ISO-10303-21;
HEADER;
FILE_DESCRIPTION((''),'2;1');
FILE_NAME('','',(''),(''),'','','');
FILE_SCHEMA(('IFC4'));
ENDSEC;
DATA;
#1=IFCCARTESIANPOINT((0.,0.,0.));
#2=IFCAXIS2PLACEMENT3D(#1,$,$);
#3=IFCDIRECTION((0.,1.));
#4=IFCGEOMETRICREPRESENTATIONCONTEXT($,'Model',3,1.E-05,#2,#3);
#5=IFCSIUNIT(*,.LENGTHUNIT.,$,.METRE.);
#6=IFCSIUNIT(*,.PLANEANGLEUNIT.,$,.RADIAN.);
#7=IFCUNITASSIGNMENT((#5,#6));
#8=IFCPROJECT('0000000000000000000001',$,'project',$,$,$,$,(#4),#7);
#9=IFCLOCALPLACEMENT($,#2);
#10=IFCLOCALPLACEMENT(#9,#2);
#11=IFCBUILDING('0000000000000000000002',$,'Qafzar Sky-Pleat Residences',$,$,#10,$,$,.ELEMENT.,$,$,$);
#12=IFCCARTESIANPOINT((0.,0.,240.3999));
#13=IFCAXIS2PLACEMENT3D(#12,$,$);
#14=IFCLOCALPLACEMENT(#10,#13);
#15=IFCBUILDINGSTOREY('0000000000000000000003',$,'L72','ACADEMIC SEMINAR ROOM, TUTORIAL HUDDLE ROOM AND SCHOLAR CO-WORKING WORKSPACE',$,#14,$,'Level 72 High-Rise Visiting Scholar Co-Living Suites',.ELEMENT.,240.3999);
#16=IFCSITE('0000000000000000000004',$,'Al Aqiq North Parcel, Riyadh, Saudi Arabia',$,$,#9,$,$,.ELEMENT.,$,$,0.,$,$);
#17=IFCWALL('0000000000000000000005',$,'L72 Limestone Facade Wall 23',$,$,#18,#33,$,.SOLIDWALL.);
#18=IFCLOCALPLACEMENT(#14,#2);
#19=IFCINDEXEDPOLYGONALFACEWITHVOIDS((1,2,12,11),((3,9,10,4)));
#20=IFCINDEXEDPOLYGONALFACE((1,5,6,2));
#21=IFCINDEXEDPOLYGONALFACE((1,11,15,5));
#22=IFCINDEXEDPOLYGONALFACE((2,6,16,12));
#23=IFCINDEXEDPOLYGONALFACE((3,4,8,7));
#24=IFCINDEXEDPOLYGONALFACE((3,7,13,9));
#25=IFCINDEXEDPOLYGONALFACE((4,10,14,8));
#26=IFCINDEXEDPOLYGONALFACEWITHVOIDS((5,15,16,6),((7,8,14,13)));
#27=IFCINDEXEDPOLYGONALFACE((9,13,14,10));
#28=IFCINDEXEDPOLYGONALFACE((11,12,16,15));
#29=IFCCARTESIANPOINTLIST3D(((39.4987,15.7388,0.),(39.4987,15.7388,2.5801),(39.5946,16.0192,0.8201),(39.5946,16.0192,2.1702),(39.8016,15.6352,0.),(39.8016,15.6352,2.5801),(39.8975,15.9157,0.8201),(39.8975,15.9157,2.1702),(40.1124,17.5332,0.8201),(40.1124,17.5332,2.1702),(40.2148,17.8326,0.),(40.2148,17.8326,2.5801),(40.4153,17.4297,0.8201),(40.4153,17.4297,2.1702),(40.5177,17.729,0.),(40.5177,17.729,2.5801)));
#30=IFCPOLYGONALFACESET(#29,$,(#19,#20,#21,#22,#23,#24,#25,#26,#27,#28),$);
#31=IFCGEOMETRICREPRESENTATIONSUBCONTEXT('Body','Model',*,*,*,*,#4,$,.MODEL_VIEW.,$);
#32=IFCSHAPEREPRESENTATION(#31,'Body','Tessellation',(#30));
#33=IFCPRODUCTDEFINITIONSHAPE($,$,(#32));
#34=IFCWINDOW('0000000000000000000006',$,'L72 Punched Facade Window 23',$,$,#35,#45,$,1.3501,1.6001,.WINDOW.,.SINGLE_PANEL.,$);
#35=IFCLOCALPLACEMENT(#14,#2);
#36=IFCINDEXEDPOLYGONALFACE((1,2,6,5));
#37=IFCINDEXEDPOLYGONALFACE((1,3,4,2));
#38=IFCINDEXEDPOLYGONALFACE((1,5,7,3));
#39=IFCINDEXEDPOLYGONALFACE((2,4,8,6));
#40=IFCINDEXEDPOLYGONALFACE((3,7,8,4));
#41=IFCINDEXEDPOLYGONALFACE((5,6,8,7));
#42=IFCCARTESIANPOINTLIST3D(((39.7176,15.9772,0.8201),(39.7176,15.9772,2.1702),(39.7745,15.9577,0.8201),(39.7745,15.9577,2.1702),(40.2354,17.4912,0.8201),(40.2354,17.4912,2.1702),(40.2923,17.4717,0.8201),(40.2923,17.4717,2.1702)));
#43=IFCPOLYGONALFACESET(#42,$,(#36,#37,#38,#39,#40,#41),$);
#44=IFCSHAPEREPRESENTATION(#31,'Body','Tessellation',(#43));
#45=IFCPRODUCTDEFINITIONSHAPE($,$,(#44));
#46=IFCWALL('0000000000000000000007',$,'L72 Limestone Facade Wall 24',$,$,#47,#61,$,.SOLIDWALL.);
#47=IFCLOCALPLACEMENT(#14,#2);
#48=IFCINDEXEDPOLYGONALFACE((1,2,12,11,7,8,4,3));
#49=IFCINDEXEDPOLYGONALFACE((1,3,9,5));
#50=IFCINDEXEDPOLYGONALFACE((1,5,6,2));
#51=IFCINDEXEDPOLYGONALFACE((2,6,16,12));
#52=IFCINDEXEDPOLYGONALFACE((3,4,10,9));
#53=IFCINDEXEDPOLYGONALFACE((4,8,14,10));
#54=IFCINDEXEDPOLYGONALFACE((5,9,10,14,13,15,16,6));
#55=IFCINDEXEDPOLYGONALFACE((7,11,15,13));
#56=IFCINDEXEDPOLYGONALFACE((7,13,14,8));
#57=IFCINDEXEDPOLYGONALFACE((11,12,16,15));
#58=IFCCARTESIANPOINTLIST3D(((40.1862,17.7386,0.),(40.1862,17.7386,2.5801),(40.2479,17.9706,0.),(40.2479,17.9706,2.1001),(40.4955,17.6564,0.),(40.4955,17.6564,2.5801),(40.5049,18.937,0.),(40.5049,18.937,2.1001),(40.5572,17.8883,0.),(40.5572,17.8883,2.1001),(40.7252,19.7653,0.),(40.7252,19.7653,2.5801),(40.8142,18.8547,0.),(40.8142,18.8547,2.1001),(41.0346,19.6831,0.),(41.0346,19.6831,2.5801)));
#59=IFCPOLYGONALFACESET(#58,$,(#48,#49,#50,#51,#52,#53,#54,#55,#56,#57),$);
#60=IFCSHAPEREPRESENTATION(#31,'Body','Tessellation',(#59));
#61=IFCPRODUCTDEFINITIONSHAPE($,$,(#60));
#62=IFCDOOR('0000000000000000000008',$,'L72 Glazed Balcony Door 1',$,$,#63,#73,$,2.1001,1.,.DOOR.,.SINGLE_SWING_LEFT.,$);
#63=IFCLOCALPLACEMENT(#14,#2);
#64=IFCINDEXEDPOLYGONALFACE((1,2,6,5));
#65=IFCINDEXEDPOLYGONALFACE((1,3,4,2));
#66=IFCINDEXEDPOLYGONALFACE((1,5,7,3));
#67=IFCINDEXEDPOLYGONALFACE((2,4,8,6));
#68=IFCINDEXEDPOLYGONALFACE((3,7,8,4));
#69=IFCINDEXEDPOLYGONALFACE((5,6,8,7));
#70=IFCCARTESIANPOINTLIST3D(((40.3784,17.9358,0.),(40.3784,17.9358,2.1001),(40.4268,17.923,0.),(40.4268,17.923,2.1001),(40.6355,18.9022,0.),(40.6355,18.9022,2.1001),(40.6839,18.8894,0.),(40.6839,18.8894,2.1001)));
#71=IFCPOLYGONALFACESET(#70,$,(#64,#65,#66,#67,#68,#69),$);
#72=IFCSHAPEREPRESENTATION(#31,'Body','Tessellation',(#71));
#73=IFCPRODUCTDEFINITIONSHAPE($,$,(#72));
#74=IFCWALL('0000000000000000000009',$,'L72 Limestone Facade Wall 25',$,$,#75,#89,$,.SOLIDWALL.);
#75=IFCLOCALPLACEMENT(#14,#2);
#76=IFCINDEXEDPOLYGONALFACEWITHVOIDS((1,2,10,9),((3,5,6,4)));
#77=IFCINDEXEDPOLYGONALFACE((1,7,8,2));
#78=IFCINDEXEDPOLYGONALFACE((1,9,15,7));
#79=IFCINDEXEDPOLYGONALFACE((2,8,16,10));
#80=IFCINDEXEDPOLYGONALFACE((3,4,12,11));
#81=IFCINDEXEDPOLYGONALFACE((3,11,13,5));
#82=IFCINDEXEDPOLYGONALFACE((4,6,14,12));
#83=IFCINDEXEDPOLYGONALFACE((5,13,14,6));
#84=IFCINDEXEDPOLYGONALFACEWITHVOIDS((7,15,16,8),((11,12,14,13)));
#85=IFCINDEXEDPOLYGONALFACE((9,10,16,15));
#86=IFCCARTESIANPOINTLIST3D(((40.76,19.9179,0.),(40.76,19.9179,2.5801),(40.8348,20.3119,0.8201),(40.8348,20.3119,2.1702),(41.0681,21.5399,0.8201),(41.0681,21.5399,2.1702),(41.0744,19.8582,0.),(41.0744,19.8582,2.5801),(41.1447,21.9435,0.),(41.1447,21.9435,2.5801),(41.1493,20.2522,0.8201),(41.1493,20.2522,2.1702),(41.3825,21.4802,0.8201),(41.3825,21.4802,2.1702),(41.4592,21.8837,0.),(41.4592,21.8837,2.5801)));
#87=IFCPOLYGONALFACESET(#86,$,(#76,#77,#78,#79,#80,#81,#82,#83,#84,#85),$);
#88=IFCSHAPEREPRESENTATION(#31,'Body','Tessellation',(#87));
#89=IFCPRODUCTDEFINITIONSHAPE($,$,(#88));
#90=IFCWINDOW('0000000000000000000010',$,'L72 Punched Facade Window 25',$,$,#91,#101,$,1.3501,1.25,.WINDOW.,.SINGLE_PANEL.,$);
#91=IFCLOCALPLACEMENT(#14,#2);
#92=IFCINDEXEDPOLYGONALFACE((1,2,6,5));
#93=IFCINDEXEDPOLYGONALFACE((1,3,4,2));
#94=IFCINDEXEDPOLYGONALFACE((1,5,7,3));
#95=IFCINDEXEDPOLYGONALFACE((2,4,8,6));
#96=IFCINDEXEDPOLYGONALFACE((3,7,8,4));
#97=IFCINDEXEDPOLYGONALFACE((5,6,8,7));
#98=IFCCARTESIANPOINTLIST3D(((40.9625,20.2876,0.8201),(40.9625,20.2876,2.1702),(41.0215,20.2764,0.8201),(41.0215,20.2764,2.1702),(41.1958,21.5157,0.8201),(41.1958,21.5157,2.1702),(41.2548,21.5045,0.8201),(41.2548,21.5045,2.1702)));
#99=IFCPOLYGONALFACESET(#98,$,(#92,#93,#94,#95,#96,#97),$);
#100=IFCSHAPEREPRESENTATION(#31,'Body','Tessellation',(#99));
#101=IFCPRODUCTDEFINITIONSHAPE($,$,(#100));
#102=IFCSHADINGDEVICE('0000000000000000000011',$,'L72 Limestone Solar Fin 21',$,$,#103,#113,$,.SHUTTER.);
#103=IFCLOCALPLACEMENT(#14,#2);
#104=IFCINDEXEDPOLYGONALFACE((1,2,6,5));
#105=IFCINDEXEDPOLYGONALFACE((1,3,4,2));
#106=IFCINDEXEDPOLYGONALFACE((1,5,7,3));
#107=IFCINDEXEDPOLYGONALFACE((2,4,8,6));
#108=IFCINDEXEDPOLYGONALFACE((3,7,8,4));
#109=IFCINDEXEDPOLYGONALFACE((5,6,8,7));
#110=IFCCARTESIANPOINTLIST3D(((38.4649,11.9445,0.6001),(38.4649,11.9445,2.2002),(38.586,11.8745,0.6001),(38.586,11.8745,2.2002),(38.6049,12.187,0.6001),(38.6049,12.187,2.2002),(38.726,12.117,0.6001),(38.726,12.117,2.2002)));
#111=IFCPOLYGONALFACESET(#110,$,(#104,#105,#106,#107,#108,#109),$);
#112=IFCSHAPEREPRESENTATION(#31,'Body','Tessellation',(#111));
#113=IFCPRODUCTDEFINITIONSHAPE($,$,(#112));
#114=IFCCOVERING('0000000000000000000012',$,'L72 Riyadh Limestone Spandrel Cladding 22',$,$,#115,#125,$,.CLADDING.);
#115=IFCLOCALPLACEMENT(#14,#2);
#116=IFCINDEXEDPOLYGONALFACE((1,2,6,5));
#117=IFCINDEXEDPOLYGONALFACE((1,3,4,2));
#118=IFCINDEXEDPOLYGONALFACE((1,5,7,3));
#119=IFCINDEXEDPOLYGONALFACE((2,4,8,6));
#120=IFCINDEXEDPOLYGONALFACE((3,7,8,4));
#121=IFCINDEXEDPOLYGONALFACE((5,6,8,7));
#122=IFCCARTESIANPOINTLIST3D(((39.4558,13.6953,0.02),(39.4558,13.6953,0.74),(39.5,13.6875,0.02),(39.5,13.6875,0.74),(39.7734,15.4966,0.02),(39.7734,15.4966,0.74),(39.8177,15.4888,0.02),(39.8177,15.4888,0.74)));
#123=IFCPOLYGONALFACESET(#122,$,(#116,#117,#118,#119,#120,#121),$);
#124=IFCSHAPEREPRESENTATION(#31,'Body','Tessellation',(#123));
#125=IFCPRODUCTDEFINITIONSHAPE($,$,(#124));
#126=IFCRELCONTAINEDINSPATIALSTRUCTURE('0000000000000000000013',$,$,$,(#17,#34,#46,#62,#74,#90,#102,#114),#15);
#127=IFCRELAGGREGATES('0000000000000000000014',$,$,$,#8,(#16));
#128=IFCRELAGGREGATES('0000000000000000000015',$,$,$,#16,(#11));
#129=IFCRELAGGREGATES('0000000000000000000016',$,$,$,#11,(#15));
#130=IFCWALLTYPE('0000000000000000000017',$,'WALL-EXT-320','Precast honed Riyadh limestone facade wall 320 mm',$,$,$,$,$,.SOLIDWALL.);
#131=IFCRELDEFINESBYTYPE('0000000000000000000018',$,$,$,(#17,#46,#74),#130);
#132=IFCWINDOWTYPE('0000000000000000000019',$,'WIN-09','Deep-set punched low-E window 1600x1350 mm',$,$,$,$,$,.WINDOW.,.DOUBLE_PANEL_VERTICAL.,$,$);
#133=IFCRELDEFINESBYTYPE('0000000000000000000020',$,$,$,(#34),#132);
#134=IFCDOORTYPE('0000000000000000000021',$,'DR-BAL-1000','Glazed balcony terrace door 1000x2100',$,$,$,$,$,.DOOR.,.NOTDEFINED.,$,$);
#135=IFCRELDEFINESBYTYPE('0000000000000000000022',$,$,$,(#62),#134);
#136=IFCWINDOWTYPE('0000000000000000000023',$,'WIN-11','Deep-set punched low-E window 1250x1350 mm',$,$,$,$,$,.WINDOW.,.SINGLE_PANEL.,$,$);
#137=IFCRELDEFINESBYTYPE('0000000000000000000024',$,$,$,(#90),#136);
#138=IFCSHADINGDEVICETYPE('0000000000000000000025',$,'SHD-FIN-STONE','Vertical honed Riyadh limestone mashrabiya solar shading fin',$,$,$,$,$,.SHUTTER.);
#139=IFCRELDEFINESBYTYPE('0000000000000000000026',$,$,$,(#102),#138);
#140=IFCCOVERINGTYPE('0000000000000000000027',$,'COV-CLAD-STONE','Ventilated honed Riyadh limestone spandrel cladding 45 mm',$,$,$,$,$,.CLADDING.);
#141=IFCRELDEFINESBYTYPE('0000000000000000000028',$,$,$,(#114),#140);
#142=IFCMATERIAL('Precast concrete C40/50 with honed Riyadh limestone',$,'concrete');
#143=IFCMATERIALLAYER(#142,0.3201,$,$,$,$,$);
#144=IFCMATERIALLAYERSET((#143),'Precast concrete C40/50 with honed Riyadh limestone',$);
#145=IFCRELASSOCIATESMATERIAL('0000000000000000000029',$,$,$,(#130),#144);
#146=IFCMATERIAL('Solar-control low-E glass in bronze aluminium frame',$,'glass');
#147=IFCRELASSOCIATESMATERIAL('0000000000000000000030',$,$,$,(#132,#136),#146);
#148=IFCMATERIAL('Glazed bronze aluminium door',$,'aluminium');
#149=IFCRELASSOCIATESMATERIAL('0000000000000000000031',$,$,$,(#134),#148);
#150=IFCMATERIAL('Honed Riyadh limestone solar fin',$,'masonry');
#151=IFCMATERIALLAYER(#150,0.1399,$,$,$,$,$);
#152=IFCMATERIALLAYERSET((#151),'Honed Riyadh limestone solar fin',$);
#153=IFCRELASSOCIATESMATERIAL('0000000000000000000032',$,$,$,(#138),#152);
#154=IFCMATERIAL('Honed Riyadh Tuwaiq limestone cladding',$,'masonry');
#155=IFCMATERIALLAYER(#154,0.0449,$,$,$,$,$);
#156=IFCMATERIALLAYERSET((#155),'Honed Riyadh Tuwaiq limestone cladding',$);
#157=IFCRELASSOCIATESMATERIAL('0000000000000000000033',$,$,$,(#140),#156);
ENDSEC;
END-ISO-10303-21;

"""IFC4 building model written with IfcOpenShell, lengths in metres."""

from ifc_helpers import new_model, si_unit, direction, frame, frame_2d, origin, origin_2d, place, context, subcontext, project, spatial, rectangle, extrude, source, transform, mapped, material, layer, layer_set, type_object, element, fill, save


model = new_model("IFC4")

# Units and contexts
model_context = context("Model", 3, precision=1e-05, world=origin(), true_north=direction((0.0, 1.0)))
body_context = subcontext(model_context, "Body", "Model", "MODEL_VIEW")
ifc_project = project(units=[si_unit("LENGTHUNIT", "METRE"), si_unit("PLANEANGLEUNIT", "RADIAN")], contexts=[model_context])

# Site, building, storey
site_placement = place(None, origin())
site = spatial("IfcSite", under=ifc_project, at=site_placement, Name="Al Aqiq North Parcel, Riyadh, Saudi Arabia", CompositionType="ELEMENT", RefElevation=0.0)
building_placement = place(site_placement, origin())
building = spatial("IfcBuilding", under=site, at=building_placement, Name="Qafzar Sky-Pleat Residences", CompositionType="ELEMENT")
storey_placement = place(building_placement, frame((0.0, 0.0, 240.3999)))
storey = spatial("IfcBuildingStorey", under=building, at=storey_placement, Name="L72", Description="ACADEMIC SEMINAR ROOM, TUTORIAL HUDDLE ROOM AND SCHOLAR CO-WORKING WORKSPACE", LongName="Level 72 High-Rise Visiting Scholar Co-Living Suites", CompositionType="ELEMENT", Elevation=240.3999)

# Wall, opening, window
ifc_material_1 = material(Name="Precast concrete C40/50 with honed Riyadh limestone", Category="concrete")
ifc_layer_1 = layer(ifc_material_1, 0.3201)
ifc_layer_set_1 = layer_set([ifc_layer_1], Name="Precast concrete C40/50 with honed Riyadh limestone")
wall_type = type_object("IfcWallType", Name="WALL-EXT-320", Description="Precast honed Riyadh limestone facade wall 320 mm", PredefinedType="SOLIDWALL", material=ifc_layer_set_1)
ifc_material_2 = material(Name="Solar-control low-E glass in bronze aluminium frame", Category="glass")
wall_1_placement = place(storey_placement, frame((39.6501, 15.687, 0.0), z_axis=(0.0, 0.0, 1.0), x_axis=(0.323599, 0.946194, 0.0)))
wall_1 = element("IfcWall", 1, at=wall_1_placement, inside=storey, type_object=wall_type, Name="L72 Limestone Facade Wall 23", PredefinedType="SOLIDWALL", context=body_context, shape_type="SweptSolid", body=[
    extrude(rectangle(XDim=2.2129, YDim=0.3201, at=frame_2d((1.1064, 0.0))), origin(), (0.0, 0.0, 1.0), 2.5801),
])
opening_1_placement = place(wall_1_placement, frame((0.2964, 0.0, 0.8201)))
opening_1 = element("IfcOpeningElement", 2, at=opening_1_placement, cuts=wall_1, PredefinedType="OPENING", context=body_context, shape_type="SweptSolid", body=[
    extrude(rectangle(XDim=1.6001, YDim=1.3501, at=frame_2d((0.8, 0.675))), frame((0.0, 0.1699, 0.0), z_axis=(0.0, -1.0, 0.0), x_axis=(1.0, 0.0, 0.0)), (0.0, 0.0, 1.0), 0.3401),
])
window_type_1 = type_object("IfcWindowType", Name="WIN-09", Description="Deep-set punched low-E window 1600x1350 mm", PartitioningType="DOUBLE_PANEL_VERTICAL", PredefinedType="WINDOW", material=ifc_material_2)
shared_shape_1 = source(origin(), body_context, "Body", "SweptSolid", [
    extrude(rectangle(XDim=1.6001, YDim=1.3501, at=frame_2d((0.8, 0.675))), frame((0.0, 0.03, 0.0), z_axis=(0.0, -1.0, 0.0), x_axis=(1.0, 0.0, 0.0)), (0.0, 0.0, 1.0), 0.0601),
])
window_1_placement = place(opening_1_placement, origin())
window_1 = element("IfcWindow", 3, at=window_1_placement, inside=storey, type_object=window_type_1, Name="L72 Punched Facade Window 23", OverallHeight=1.3501, OverallWidth=1.6001, PartitioningType="SINGLE_PANEL", PredefinedType="WINDOW", context=body_context, shape_type="MappedRepresentation", body=[
    mapped(shared_shape_1, transform((0.0, 0.0, 0.0), x_axis=(1.0, 0.0, 0.0), y_axis=(0.0, 1.0, 0.0), z_axis=(0.0, 0.0, 1.0), scale=1.0)),
])
fill(opening_1, window_1)

# Wall, opening, door
wall_2_placement = place(storey_placement, frame((40.3408, 17.6975, 0.0), z_axis=(0.0, 0.0, 1.0), x_axis=(0.257054, 0.966397, 0.0)))
wall_2 = element("IfcWall", 4, at=wall_2_placement, inside=storey, type_object=wall_type, Name="L72 Limestone Facade Wall 24", PredefinedType="SOLIDWALL", context=body_context, shape_type="SweptSolid", body=[
    extrude(rectangle(XDim=2.0972, YDim=0.3201, at=frame_2d((1.0486, 0.0))), origin(), (0.0, 0.0, 1.0), 2.5801),
])
opening_2_placement = place(wall_2_placement, frame((0.24, 0.0, 0.0)))
opening_2 = element("IfcOpeningElement", 5, at=opening_2_placement, cuts=wall_2, PredefinedType="OPENING", context=body_context, shape_type="SweptSolid", body=[
    extrude(rectangle(XDim=1.0, YDim=2.1001, at=frame_2d((0.5, 1.05))), frame((0.0, 0.1699, 0.0), z_axis=(0.0, -1.0, 0.0), x_axis=(1.0, 0.0, 0.0)), (0.0, 0.0, 1.0), 0.3401),
])
ifc_material_3 = material(Name="Glazed bronze aluminium door", Category="aluminium")
door_type = type_object("IfcDoorType", Name="DR-BAL-1000", Description="Glazed balcony terrace door 1000x2100", OperationType="NOTDEFINED", PredefinedType="DOOR", material=ifc_material_3)
shared_shape_2 = source(origin(), body_context, "Body", "SweptSolid", [
    extrude(rectangle(XDim=1.0, YDim=2.1001, at=frame_2d((0.5, 1.05))), frame((0.0, 0.0249, 0.0), z_axis=(0.0, -1.0, 0.0), x_axis=(1.0, 0.0, 0.0)), (0.0, 0.0, 1.0), 0.05),
])
door_placement = place(opening_2_placement, origin())
door = element("IfcDoor", 6, at=door_placement, inside=storey, type_object=door_type, Name="L72 Glazed Balcony Door 1", OperationType="SINGLE_SWING_LEFT", OverallHeight=2.1001, OverallWidth=1.0, PredefinedType="DOOR", context=body_context, shape_type="MappedRepresentation", body=[
    mapped(shared_shape_2, transform((0.0, 0.0, 0.0), x_axis=(1.0, 0.0, 0.0), y_axis=(0.0, 1.0, 0.0), z_axis=(0.0, 0.0, 1.0), scale=1.0)),
])
fill(opening_2, door)

# Wall, opening, window
wall_3_placement = place(storey_placement, frame((40.9172, 19.8882, 0.0), z_axis=(0.0, 0.0, 1.0), x_axis=(0.186612, 0.982434, 0.0)))
wall_3 = element("IfcWall", 7, at=wall_3_placement, inside=storey, type_object=wall_type, Name="L72 Limestone Facade Wall 25", PredefinedType="SOLIDWALL", context=body_context, shape_type="SweptSolid", body=[
    extrude(rectangle(XDim=2.0618, YDim=0.3201, at=frame_2d((1.0308, 0.0))), origin(), (0.0, 0.0, 1.0), 2.5801),
])
opening_3_placement = place(wall_3_placement, frame((0.4009, 0.0, 0.8201)))
opening_3 = element("IfcOpeningElement", 8, at=opening_3_placement, cuts=wall_3, PredefinedType="OPENING", context=body_context, shape_type="SweptSolid", body=[
    extrude(rectangle(XDim=1.25, YDim=1.3501, at=frame_2d((0.625, 0.675))), frame((0.0, 0.1699, 0.0), z_axis=(0.0, -1.0, 0.0), x_axis=(1.0, 0.0, 0.0)), (0.0, 0.0, 1.0), 0.3401),
])
window_type_2 = type_object("IfcWindowType", Name="WIN-11", Description="Deep-set punched low-E window 1250x1350 mm", PartitioningType="SINGLE_PANEL", PredefinedType="WINDOW", material=ifc_material_2)
shared_shape_3 = source(origin(), body_context, "Body", "SweptSolid", [
    extrude(rectangle(XDim=1.25, YDim=1.3501, at=frame_2d((0.625, 0.675))), frame((0.0, 0.03, 0.0), z_axis=(0.0, -1.0, 0.0), x_axis=(1.0, 0.0, 0.0)), (0.0, 0.0, 1.0), 0.0601),
])
window_2_placement = place(opening_3_placement, origin())
window_2 = element("IfcWindow", 9, at=window_2_placement, inside=storey, type_object=window_type_2, Name="L72 Punched Facade Window 25", OverallHeight=1.3501, OverallWidth=1.25, PartitioningType="SINGLE_PANEL", PredefinedType="WINDOW", context=body_context, shape_type="MappedRepresentation", body=[
    mapped(shared_shape_3, transform((0.0, 0.0, 0.0), x_axis=(1.0, 0.0, 0.0), y_axis=(0.0, 1.0, 0.0), z_axis=(0.0, 0.0, 1.0), scale=1.0)),
])
fill(opening_3, window_2)

# Shading device
ifc_material_4 = material(Name="Honed Riyadh limestone solar fin", Category="masonry")
ifc_layer_2 = layer(ifc_material_4, 0.1399)
ifc_layer_set_2 = layer_set([ifc_layer_2], Name="Honed Riyadh limestone solar fin")
shading_device_type = type_object("IfcShadingDeviceType", Name="SHD-FIN-STONE", Description="Vertical honed Riyadh limestone mashrabiya solar shading fin", PredefinedType="SHUTTER", material=ifc_layer_set_2)
shared_shape_4 = source(origin(), body_context, "Body", "SweptSolid", [
    extrude(rectangle(XDim=0.1399, YDim=0.28, at=origin_2d()), origin(), (0.0, 0.0, 1.0), 1.6001),
])
shading_device_placement = place(storey_placement, frame((38.5955, 12.0308, 0.6001), z_axis=(0.0, 0.0, 1.0), x_axis=(0.866032, -0.499989, 0.0)))
element("IfcShadingDevice", 10, at=shading_device_placement, inside=storey, type_object=shading_device_type, Name="L72 Limestone Solar Fin 21", PredefinedType="SHUTTER", context=body_context, shape_type="MappedRepresentation", body=[
    mapped(shared_shape_4, transform((0.0, 0.0, 0.0), x_axis=(1.0, 0.0, 0.0), y_axis=(0.0, 1.0, 0.0), z_axis=(0.0, 0.0, 1.0), scale=1.0)),
])

# Covering
ifc_material_5 = material(Name="Honed Riyadh Tuwaiq limestone cladding", Category="masonry")
ifc_layer_3 = layer(ifc_material_5, 0.0449)
ifc_layer_set_3 = layer_set([ifc_layer_3], Name="Honed Riyadh Tuwaiq limestone cladding")
covering_type = type_object("IfcCoveringType", Name="COV-CLAD-STONE", Description="Ventilated honed Riyadh limestone spandrel cladding 45 mm", PredefinedType="CLADDING", material=ifc_layer_set_3)
shared_shape_5 = source(origin(), body_context, "Body", "SweptSolid", [
    extrude(rectangle(XDim=1.8291, YDim=0.0449, at=origin_2d()), origin(), (0.0, 0.0, 1.0), 0.72),
])
covering_placement = place(storey_placement, frame((39.6367, 14.592, 0.02), z_axis=(0.0, 0.0, 1.0), x_axis=(0.173687, 0.984801, 0.0)))
element("IfcCovering", 11, at=covering_placement, inside=storey, type_object=covering_type, Name="L72 Riyadh Limestone Spandrel Cladding 22", PredefinedType="CLADDING", context=body_context, shape_type="MappedRepresentation", body=[
    mapped(shared_shape_5, transform((0.0, 0.0, 0.0), x_axis=(1.0, 0.0, 0.0), y_axis=(0.0, 1.0, 0.0), z_axis=(0.0, 0.0, 1.0), scale=1.0)),
])

save(model, "model.ifc")
